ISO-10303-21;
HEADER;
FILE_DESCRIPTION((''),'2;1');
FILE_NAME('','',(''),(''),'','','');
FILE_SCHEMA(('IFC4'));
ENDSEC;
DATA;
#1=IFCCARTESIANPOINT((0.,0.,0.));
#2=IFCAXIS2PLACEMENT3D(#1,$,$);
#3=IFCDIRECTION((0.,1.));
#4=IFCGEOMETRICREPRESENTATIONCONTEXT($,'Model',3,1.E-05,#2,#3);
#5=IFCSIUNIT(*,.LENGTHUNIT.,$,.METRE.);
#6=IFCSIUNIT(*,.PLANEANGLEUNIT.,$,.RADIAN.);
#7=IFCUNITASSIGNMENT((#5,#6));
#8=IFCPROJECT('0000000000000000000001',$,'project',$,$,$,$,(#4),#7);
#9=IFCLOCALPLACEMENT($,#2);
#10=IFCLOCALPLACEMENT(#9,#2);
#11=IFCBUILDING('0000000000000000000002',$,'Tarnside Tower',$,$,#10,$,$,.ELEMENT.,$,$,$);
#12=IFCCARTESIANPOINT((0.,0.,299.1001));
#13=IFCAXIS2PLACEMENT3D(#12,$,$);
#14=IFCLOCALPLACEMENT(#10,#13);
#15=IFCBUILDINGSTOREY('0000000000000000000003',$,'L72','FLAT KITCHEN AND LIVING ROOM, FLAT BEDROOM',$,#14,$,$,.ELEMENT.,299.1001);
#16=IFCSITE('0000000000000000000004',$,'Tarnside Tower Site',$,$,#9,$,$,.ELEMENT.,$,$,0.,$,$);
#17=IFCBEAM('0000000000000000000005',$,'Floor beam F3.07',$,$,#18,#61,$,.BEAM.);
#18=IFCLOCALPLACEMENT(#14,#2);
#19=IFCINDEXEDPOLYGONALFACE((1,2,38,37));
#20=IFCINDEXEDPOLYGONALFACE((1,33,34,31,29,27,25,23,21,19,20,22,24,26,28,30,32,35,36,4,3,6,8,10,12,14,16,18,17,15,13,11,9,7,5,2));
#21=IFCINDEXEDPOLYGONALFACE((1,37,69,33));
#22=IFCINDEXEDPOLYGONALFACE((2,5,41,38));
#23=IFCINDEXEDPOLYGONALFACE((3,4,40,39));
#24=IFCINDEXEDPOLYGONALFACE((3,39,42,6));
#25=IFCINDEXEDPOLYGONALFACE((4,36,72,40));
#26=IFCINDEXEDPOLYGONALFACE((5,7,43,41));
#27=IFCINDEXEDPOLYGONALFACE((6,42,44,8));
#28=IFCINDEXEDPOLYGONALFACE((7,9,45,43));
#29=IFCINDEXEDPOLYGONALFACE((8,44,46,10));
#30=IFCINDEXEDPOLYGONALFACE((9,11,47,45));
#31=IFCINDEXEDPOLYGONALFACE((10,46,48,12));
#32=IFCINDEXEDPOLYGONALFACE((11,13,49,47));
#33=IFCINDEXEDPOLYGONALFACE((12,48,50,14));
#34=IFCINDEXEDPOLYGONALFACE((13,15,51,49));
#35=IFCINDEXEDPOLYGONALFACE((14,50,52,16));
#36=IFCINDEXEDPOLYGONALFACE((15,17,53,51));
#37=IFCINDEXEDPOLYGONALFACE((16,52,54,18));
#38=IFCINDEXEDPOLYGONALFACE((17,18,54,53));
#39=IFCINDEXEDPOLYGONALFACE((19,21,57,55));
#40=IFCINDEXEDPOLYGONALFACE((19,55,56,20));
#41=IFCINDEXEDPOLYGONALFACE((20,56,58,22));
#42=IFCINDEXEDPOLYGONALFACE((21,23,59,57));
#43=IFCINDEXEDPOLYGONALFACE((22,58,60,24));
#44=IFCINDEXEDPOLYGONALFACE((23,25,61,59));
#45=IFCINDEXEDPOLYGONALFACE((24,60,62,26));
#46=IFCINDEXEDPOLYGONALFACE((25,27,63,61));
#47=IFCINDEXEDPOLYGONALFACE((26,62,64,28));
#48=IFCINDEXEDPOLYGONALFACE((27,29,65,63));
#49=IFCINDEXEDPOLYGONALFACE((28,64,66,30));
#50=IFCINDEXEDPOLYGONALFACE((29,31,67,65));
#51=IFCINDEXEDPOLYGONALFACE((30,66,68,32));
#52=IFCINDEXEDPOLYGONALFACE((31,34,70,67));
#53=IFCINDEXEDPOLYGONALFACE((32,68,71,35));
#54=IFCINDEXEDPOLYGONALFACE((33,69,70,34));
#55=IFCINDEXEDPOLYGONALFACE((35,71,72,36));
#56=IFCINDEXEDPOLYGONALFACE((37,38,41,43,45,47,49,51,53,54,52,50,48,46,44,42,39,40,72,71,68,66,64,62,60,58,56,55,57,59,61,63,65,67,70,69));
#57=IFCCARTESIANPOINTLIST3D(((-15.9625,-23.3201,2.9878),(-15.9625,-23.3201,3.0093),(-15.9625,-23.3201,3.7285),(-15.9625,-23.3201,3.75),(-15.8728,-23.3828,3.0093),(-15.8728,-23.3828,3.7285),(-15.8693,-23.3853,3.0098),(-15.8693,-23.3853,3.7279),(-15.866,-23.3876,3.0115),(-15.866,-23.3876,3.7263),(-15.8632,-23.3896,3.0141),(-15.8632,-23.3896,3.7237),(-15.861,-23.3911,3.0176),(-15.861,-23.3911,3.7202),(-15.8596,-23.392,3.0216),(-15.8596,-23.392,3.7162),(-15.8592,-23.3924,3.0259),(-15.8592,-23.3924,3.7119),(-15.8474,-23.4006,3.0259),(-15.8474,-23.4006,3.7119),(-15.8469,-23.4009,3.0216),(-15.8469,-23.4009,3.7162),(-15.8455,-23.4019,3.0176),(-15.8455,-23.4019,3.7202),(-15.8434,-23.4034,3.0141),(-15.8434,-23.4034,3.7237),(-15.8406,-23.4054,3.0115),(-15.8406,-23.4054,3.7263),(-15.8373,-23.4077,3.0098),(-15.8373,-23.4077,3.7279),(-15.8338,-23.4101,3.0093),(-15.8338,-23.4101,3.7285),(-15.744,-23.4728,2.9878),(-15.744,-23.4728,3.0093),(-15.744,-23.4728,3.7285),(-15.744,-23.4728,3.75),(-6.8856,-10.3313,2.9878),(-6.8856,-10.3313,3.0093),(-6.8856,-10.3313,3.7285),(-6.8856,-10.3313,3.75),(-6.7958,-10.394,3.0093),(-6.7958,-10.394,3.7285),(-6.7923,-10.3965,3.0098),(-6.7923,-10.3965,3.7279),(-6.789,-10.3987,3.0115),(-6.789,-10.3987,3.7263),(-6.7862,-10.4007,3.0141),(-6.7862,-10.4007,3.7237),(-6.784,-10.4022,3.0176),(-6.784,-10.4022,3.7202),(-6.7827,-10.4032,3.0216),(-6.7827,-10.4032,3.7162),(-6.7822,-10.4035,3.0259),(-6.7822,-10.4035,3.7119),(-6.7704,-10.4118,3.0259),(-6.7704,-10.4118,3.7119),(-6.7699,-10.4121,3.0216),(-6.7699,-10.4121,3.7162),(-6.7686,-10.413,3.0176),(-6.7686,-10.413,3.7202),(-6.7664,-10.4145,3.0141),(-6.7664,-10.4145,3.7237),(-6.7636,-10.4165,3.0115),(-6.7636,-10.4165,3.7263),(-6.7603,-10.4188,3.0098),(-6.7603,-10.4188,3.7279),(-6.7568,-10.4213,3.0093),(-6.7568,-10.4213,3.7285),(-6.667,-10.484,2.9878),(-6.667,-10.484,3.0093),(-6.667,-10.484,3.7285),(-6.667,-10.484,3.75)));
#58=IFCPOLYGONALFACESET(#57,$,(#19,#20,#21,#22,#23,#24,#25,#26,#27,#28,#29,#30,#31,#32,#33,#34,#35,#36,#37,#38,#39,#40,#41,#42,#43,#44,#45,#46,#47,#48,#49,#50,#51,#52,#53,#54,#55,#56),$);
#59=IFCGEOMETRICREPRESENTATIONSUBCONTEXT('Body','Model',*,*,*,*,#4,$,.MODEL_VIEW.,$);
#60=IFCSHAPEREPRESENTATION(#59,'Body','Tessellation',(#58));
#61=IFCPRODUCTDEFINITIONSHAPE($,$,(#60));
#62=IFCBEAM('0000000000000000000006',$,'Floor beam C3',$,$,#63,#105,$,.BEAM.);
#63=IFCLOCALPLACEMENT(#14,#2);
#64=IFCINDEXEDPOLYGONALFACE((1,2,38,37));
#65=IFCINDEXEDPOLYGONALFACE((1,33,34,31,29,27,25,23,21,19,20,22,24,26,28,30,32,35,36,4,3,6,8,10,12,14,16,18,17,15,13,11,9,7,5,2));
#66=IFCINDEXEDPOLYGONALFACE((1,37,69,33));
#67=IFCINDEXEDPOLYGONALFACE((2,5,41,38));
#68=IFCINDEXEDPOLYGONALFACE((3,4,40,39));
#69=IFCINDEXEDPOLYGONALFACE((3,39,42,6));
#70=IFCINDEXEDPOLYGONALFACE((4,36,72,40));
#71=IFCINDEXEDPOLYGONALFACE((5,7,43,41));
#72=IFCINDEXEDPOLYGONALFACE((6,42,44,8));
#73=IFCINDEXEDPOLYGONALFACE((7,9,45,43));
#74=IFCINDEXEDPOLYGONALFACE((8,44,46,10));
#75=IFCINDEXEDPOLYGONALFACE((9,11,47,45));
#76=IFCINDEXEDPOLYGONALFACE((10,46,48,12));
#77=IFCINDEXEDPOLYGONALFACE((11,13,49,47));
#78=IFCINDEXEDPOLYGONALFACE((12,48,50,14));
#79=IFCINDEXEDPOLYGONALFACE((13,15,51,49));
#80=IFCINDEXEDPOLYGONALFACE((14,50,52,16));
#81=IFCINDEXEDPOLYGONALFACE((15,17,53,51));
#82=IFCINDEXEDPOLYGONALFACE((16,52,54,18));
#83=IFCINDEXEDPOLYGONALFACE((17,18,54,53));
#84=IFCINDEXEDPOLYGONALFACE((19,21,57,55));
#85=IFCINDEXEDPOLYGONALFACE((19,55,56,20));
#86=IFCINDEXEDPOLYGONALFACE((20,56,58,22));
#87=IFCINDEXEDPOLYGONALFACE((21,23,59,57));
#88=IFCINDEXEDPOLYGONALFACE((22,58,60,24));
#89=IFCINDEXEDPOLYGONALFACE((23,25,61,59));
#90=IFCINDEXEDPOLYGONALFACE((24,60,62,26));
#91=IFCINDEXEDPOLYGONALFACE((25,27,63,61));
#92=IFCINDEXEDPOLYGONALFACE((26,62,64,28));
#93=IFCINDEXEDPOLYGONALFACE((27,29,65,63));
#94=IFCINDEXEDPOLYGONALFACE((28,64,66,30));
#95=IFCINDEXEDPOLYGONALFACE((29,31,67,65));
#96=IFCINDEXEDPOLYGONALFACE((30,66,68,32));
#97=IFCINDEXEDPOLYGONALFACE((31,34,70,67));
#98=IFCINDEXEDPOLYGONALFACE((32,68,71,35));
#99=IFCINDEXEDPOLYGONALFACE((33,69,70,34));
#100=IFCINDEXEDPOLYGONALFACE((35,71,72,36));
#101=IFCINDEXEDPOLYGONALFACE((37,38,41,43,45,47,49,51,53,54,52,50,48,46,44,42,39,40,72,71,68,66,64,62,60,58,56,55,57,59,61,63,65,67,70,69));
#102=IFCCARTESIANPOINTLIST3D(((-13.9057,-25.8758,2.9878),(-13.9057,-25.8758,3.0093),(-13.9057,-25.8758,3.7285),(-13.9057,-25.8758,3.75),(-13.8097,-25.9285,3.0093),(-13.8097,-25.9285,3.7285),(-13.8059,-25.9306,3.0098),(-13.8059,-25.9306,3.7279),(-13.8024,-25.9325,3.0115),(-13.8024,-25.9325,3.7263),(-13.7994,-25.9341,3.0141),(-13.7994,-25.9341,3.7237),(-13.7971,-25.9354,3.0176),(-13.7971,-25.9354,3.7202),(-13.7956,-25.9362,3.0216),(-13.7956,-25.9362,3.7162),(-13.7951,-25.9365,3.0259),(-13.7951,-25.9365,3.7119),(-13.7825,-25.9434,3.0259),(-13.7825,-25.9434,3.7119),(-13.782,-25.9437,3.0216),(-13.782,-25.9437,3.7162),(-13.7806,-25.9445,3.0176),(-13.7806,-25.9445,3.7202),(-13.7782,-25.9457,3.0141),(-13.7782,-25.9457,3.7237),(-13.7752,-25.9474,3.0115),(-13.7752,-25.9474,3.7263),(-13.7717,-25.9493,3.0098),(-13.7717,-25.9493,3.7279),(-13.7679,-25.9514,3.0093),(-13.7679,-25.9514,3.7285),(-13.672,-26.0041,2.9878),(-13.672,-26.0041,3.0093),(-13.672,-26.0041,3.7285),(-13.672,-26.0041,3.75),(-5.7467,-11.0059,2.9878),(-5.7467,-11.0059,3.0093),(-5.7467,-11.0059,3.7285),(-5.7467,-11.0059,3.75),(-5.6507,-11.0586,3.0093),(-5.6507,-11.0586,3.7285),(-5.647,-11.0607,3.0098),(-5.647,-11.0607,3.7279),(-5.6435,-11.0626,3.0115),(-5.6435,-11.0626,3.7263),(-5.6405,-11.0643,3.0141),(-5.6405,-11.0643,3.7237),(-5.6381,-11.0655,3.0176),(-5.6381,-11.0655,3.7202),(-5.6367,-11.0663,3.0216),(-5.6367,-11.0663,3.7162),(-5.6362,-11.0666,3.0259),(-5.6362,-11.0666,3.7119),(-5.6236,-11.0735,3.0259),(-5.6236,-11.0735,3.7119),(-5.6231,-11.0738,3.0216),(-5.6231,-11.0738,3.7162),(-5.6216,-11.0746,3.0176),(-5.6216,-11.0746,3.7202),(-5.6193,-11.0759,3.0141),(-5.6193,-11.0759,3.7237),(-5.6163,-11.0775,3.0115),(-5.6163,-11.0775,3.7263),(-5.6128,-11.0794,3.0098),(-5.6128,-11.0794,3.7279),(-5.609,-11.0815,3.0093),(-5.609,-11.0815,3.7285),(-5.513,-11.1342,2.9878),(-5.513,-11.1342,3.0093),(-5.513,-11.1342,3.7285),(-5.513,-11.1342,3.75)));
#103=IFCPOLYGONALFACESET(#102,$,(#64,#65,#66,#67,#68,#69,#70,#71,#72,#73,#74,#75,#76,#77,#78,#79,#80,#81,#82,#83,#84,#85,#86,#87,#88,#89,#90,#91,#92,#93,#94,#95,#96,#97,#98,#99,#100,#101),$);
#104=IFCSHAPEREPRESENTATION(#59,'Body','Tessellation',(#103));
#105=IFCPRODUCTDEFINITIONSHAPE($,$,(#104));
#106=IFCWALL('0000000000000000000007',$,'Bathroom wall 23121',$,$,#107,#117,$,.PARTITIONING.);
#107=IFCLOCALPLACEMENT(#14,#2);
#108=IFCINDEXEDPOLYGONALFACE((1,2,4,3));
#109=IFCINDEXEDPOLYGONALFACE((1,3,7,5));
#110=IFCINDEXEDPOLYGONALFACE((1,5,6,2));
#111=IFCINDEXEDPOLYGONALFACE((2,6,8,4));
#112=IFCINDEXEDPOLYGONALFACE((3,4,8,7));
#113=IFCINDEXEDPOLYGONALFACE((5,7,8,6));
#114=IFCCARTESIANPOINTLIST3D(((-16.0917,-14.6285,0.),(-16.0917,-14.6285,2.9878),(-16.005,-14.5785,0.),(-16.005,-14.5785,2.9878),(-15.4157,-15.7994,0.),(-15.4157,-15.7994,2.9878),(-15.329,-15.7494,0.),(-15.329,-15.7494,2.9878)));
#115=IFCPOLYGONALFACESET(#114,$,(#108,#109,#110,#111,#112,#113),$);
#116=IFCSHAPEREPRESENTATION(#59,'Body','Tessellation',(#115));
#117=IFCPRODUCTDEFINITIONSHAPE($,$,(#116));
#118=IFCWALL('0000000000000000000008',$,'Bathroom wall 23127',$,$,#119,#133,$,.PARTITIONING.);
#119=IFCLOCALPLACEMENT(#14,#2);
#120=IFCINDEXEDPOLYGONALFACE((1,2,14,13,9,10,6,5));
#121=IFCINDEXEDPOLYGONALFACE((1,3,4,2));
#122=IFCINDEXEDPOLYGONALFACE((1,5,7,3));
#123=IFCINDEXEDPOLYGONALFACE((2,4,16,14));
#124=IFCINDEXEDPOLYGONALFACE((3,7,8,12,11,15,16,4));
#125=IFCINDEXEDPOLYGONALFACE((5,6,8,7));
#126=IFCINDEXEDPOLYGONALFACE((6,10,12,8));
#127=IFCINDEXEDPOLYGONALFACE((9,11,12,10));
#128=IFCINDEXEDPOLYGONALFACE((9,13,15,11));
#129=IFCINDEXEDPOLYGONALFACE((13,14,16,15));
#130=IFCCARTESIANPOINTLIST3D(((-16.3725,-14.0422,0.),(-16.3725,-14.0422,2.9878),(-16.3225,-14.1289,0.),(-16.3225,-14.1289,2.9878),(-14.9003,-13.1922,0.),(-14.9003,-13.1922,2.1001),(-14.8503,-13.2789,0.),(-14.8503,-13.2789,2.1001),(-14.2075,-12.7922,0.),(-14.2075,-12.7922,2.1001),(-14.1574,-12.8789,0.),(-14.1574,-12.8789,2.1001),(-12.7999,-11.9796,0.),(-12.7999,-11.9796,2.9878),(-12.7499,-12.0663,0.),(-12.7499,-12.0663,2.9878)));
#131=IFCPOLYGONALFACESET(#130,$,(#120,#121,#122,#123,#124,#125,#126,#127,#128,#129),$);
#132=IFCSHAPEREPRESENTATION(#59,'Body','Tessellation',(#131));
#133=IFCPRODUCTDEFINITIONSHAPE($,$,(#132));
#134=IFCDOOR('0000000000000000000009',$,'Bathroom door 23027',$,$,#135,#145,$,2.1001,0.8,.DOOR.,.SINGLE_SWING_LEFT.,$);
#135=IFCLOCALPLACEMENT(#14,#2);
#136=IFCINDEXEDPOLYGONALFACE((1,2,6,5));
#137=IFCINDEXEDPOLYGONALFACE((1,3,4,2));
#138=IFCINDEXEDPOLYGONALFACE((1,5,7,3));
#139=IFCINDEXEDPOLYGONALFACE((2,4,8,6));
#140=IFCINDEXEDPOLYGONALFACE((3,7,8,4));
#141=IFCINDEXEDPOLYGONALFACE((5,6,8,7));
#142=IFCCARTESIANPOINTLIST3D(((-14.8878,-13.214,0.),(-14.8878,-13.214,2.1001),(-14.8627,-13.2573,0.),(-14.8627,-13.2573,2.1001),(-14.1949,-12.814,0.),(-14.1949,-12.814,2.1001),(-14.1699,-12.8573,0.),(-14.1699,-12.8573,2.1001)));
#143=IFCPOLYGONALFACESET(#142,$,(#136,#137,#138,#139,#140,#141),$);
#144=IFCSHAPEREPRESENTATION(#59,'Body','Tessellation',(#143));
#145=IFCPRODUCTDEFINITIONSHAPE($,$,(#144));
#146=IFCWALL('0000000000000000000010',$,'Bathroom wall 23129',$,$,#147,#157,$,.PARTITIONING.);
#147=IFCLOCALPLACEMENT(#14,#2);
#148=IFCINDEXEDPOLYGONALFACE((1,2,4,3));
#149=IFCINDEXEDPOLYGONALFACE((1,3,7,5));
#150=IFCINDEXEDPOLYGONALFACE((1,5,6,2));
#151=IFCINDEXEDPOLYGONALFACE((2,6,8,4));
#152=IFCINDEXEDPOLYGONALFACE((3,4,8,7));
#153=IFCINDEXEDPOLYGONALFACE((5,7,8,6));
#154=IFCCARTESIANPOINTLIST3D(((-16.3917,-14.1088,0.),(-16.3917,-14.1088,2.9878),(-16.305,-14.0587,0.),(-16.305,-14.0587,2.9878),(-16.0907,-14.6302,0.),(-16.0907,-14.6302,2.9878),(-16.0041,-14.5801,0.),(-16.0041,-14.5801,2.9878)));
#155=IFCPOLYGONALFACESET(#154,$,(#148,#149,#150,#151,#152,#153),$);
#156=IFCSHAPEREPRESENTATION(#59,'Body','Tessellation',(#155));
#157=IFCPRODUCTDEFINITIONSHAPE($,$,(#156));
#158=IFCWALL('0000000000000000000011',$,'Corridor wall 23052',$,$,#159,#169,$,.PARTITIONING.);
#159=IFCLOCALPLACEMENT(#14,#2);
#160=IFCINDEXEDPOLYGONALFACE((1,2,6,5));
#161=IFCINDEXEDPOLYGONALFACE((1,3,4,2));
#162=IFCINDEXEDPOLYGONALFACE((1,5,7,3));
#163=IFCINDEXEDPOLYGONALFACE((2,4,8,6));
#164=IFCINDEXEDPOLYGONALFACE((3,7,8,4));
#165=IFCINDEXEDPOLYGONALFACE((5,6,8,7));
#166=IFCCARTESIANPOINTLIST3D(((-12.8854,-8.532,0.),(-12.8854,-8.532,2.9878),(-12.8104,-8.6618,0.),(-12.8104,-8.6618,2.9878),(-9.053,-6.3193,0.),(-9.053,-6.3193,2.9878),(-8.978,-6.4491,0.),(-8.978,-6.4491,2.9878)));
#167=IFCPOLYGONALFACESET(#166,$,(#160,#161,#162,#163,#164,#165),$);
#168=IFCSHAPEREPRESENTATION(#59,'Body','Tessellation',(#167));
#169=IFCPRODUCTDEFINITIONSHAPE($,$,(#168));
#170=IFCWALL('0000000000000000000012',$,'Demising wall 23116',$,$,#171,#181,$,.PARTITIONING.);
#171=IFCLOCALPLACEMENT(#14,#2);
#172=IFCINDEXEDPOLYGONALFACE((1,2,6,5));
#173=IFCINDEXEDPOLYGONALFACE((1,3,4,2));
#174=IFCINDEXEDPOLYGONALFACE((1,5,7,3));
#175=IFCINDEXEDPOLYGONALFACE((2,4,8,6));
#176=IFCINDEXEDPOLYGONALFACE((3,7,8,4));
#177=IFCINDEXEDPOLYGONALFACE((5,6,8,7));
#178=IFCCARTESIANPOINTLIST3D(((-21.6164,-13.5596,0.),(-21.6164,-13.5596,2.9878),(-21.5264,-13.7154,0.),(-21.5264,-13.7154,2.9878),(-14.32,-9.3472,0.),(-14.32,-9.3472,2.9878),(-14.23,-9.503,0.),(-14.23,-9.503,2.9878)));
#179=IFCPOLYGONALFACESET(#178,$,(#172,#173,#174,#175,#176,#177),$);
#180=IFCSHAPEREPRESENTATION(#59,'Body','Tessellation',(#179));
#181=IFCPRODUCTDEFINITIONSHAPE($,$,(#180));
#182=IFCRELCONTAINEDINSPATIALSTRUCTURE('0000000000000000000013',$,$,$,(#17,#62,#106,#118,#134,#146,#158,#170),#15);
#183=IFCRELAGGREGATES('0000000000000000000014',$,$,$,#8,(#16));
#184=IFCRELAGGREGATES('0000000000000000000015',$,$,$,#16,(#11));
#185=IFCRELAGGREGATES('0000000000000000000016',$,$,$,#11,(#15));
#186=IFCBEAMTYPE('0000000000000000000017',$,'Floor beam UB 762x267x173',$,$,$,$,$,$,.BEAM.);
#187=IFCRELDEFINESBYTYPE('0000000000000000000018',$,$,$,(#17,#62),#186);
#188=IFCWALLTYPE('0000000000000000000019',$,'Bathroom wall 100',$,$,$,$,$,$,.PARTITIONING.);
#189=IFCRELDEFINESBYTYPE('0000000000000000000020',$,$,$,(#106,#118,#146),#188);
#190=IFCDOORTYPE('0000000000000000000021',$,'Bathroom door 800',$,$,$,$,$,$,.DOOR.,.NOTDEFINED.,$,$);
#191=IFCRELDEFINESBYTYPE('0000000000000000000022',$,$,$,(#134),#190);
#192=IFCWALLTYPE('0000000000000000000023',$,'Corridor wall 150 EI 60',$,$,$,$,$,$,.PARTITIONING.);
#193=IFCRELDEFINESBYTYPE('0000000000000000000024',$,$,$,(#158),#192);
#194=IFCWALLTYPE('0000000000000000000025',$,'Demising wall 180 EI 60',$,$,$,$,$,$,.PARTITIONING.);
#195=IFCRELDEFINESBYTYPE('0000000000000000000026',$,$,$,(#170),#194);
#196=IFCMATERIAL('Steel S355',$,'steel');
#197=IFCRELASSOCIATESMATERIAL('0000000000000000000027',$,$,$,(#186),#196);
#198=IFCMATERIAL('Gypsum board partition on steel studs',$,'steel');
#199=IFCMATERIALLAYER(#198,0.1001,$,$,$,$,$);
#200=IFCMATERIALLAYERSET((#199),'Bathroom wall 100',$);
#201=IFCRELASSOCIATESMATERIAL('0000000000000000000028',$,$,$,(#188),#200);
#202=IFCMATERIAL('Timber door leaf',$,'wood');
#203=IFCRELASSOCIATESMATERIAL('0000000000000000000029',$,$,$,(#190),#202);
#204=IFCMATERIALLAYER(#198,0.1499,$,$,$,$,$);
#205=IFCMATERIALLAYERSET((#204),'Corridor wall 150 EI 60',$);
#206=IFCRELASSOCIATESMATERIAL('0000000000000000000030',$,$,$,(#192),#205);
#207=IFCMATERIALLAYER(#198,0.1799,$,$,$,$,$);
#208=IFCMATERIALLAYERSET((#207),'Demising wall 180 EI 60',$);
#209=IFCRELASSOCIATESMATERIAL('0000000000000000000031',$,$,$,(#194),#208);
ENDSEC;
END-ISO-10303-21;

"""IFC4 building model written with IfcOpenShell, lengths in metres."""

from ifc_helpers import new_model, si_unit, direction, frame, frame_2d, origin, origin_2d, place, context, subcontext, project, spatial, rectangle, i_section, extrude, material, layer, layer_set, material_profile, profile_set, type_object, element, fill, save


model = new_model("IFC4")

# Units and contexts
model_context = context("Model", 3, precision=1e-05, world=origin(), true_north=direction((0.0, 1.0)))
body_context = subcontext(model_context, "Body", "Model", "MODEL_VIEW")
ifc_project = project(units=[si_unit("LENGTHUNIT", "METRE"), si_unit("PLANEANGLEUNIT", "RADIAN")], contexts=[model_context])

# Site, building, storey
site_placement = place(None, origin())
site = spatial("IfcSite", under=ifc_project, at=site_placement, Name="Tarnside Tower Site", CompositionType="ELEMENT", RefElevation=0.0)
building_placement = place(site_placement, origin())
building = spatial("IfcBuilding", under=site, at=building_placement, Name="Tarnside Tower", CompositionType="ELEMENT")
storey_placement = place(building_placement, frame((0.0, 0.0, 299.1001)))
storey = spatial("IfcBuildingStorey", under=building, at=storey_placement, Name="L72", Description="FLAT KITCHEN AND LIVING ROOM, FLAT BEDROOM", CompositionType="ELEMENT", Elevation=299.1001)

# Beams
ifc_material_1 = material(Name="Steel S355", Category="steel")
ifc_material_profile_1 = material_profile(ifc_material_1, i_section(OverallWidth=0.2666, OverallDepth=0.7622, WebThickness=0.0144, FlangeThickness=0.0215, FilletRadius=0.0166, at=origin_2d()), Name="UB 762x267x173")
ifc_profile_set_1 = profile_set([ifc_material_profile_1], Name="Steel S355")
beam_type_1 = type_object("IfcBeamType", Name="Floor beam UB 762x267x173", PredefinedType="BEAM", material=ifc_profile_set_1)
beam_1_placement = place(storey_placement, frame((-15.8533, -23.3965, 3.3689), z_axis=(0.572817, 0.819683, 0.0), x_axis=(-0.819683, 0.572817, 0.0)))
element("IfcBeam", 1, at=beam_1_placement, inside=storey, type_object=beam_type_1, Name="Floor beam F3.07", PredefinedType="BEAM", context=body_context, shape_type="SweptSolid", body=[
    extrude(i_section(OverallWidth=0.2666, OverallDepth=0.7622, WebThickness=0.0144, FlangeThickness=0.0215, FilletRadius=0.0166, at=origin_2d()), origin(), (0.0, 0.0, 1.0), 15.8462),
])
beam_2_placement = place(storey_placement, frame((-13.7888, -25.9399, 3.3689), z_axis=(0.481036, 0.876701, 0.0), x_axis=(-0.876701, 0.481036, 0.0)))
element("IfcBeam", 2, at=beam_2_placement, inside=storey, type_object=beam_type_1, Name="Floor beam C3", PredefinedType="BEAM", context=body_context, shape_type="SweptSolid", body=[
    extrude(i_section(OverallWidth=0.2666, OverallDepth=0.7622, WebThickness=0.0144, FlangeThickness=0.0215, FilletRadius=0.0166, at=origin_2d()), origin(), (0.0, 0.0, 1.0), 16.9612),
])

# Wall
ifc_material_2 = material(Name="Gypsum board partition on steel studs", Category="steel")
ifc_layer_1 = layer(ifc_material_2, 0.1001)
ifc_layer_set_1 = layer_set([ifc_layer_1], Name="Bathroom wall 100")
wall_type_1 = type_object("IfcWallType", Name="Bathroom wall 100", PredefinedType="PARTITIONING", material=ifc_layer_set_1)
wall_1_placement = place(storey_placement, frame((-15.3723, -15.7744, 0.0), z_axis=(0.0, 0.0, 1.0), x_axis=(-0.500004, 0.866023, 0.0)))
element("IfcWall", 3, at=wall_1_placement, inside=storey, type_object=wall_type_1, Name="Bathroom wall 23121", PredefinedType="PARTITIONING", context=body_context, shape_type="SweptSolid", body=[
    extrude(rectangle(XDim=1.3521, YDim=0.1001, at=frame_2d((0.676, 0.0))), origin(), (0.0, 0.0, 1.0), 2.9878),
])

# Wall, opening, door
wall_2_placement = place(storey_placement, frame((-16.3474, -14.0854, 0.0), z_axis=(0.0, 0.0, 1.0), x_axis=(0.866035, 0.499984, 0.0)))
wall_2 = element("IfcWall", 4, at=wall_2_placement, inside=storey, type_object=wall_type_1, Name="Bathroom wall 23127", PredefinedType="PARTITIONING", context=body_context, shape_type="SweptSolid", body=[
    extrude(rectangle(XDim=4.1252, YDim=0.1001, at=frame_2d((2.0625, 0.0))), origin(), (0.0, 0.0, 1.0), 2.9878),
])
opening_1_placement = place(wall_2_placement, frame((1.7, 0.0, 0.0)))
opening_1 = element("IfcOpeningElement", 5, at=opening_1_placement, cuts=wall_2, PredefinedType="OPENING", context=body_context, shape_type="SweptSolid", body=[
    extrude(rectangle(XDim=0.8, YDim=2.1001, at=frame_2d((0.3999, 1.05))), frame((0.0, 0.0601, 0.0), z_axis=(0.0, -1.0, 0.0), x_axis=(1.0, 0.0, 0.0)), (0.0, 0.0, 1.0), 0.1201),
])
ifc_material_3 = material(Name="Timber door leaf", Category="wood")
door_type_1 = type_object("IfcDoorType", Name="Bathroom door 800", OperationType="NOTDEFINED", PredefinedType="DOOR", material=ifc_material_3)
door_1_placement = place(opening_1_placement, origin())
door_1 = element("IfcDoor", 6, at=door_1_placement, inside=storey, type_object=door_type_1, Name="Bathroom door 23027", OperationType="SINGLE_SWING_LEFT", OverallHeight=2.1001, OverallWidth=0.8, PredefinedType="DOOR", context=body_context, shape_type="SweptSolid", body=[
    extrude(rectangle(XDim=0.8, YDim=2.1001, at=frame_2d((0.3999, 1.05))), frame((0.0, 0.0249, 0.0), z_axis=(0.0, -1.0, 0.0), x_axis=(1.0, 0.0, 0.0)), (0.0, 0.0, 1.0), 0.05),
])
fill(opening_1, door_1)

# Walls
wall_3_placement = place(storey_placement, frame((-16.3484, -14.0837, 0.0), z_axis=(0.0, 0.0, 1.0), x_axis=(0.499933, -0.866064, 0.0)))
element("IfcWall", 7, at=wall_3_placement, inside=storey, type_object=wall_type_1, Name="Bathroom wall 23129", PredefinedType="PARTITIONING", context=body_context, shape_type="SweptSolid", body=[
    extrude(rectangle(XDim=0.6021, YDim=0.1001, at=frame_2d((0.301, 0.0))), origin(), (0.0, 0.0, 1.0), 2.9878),
])
ifc_layer_2 = layer(ifc_material_2, 0.1499)
ifc_layer_set_2 = layer_set([ifc_layer_2], Name="Corridor wall 150 EI 60")
wall_type_2 = type_object("IfcWallType", Name="Corridor wall 150 EI 60", PredefinedType="PARTITIONING", material=ifc_layer_set_2)
wall_4_placement = place(storey_placement, frame((-12.8479, -8.5969, 0.0), z_axis=(0.0, 0.0, 1.0), x_axis=(0.866017, 0.500014, 0.0)))
element("IfcWall", 8, at=wall_4_placement, inside=storey, type_object=wall_type_2, Name="Corridor wall 23052", PredefinedType="PARTITIONING", context=body_context, shape_type="SweptSolid", body=[
    extrude(rectangle(XDim=4.4253, YDim=0.1499, at=frame_2d((2.2126, 0.0))), origin(), (0.0, 0.0, 1.0), 2.9878),
])
ifc_layer_3 = layer(ifc_material_2, 0.1799)
ifc_layer_set_3 = layer_set([ifc_layer_3], Name="Demising wall 180 EI 60")
wall_type_3 = type_object("IfcWallType", Name="Demising wall 180 EI 60", PredefinedType="PARTITIONING", material=ifc_layer_set_3)
wall_5_placement = place(storey_placement, frame((-21.5713, -13.6375, 0.0), z_axis=(0.0, 0.0, 1.0), x_axis=(0.866034, 0.499985, 0.0)))
element("IfcWall", 9, at=wall_5_placement, inside=storey, type_object=wall_type_3, Name="Demising wall 23116", PredefinedType="PARTITIONING", context=body_context, shape_type="SweptSolid", body=[
    extrude(rectangle(XDim=8.425, YDim=0.1799, at=frame_2d((4.2124, 0.0))), origin(), (0.0, 0.0, 1.0), 2.9878),
])

save(model, "model.ifc")
